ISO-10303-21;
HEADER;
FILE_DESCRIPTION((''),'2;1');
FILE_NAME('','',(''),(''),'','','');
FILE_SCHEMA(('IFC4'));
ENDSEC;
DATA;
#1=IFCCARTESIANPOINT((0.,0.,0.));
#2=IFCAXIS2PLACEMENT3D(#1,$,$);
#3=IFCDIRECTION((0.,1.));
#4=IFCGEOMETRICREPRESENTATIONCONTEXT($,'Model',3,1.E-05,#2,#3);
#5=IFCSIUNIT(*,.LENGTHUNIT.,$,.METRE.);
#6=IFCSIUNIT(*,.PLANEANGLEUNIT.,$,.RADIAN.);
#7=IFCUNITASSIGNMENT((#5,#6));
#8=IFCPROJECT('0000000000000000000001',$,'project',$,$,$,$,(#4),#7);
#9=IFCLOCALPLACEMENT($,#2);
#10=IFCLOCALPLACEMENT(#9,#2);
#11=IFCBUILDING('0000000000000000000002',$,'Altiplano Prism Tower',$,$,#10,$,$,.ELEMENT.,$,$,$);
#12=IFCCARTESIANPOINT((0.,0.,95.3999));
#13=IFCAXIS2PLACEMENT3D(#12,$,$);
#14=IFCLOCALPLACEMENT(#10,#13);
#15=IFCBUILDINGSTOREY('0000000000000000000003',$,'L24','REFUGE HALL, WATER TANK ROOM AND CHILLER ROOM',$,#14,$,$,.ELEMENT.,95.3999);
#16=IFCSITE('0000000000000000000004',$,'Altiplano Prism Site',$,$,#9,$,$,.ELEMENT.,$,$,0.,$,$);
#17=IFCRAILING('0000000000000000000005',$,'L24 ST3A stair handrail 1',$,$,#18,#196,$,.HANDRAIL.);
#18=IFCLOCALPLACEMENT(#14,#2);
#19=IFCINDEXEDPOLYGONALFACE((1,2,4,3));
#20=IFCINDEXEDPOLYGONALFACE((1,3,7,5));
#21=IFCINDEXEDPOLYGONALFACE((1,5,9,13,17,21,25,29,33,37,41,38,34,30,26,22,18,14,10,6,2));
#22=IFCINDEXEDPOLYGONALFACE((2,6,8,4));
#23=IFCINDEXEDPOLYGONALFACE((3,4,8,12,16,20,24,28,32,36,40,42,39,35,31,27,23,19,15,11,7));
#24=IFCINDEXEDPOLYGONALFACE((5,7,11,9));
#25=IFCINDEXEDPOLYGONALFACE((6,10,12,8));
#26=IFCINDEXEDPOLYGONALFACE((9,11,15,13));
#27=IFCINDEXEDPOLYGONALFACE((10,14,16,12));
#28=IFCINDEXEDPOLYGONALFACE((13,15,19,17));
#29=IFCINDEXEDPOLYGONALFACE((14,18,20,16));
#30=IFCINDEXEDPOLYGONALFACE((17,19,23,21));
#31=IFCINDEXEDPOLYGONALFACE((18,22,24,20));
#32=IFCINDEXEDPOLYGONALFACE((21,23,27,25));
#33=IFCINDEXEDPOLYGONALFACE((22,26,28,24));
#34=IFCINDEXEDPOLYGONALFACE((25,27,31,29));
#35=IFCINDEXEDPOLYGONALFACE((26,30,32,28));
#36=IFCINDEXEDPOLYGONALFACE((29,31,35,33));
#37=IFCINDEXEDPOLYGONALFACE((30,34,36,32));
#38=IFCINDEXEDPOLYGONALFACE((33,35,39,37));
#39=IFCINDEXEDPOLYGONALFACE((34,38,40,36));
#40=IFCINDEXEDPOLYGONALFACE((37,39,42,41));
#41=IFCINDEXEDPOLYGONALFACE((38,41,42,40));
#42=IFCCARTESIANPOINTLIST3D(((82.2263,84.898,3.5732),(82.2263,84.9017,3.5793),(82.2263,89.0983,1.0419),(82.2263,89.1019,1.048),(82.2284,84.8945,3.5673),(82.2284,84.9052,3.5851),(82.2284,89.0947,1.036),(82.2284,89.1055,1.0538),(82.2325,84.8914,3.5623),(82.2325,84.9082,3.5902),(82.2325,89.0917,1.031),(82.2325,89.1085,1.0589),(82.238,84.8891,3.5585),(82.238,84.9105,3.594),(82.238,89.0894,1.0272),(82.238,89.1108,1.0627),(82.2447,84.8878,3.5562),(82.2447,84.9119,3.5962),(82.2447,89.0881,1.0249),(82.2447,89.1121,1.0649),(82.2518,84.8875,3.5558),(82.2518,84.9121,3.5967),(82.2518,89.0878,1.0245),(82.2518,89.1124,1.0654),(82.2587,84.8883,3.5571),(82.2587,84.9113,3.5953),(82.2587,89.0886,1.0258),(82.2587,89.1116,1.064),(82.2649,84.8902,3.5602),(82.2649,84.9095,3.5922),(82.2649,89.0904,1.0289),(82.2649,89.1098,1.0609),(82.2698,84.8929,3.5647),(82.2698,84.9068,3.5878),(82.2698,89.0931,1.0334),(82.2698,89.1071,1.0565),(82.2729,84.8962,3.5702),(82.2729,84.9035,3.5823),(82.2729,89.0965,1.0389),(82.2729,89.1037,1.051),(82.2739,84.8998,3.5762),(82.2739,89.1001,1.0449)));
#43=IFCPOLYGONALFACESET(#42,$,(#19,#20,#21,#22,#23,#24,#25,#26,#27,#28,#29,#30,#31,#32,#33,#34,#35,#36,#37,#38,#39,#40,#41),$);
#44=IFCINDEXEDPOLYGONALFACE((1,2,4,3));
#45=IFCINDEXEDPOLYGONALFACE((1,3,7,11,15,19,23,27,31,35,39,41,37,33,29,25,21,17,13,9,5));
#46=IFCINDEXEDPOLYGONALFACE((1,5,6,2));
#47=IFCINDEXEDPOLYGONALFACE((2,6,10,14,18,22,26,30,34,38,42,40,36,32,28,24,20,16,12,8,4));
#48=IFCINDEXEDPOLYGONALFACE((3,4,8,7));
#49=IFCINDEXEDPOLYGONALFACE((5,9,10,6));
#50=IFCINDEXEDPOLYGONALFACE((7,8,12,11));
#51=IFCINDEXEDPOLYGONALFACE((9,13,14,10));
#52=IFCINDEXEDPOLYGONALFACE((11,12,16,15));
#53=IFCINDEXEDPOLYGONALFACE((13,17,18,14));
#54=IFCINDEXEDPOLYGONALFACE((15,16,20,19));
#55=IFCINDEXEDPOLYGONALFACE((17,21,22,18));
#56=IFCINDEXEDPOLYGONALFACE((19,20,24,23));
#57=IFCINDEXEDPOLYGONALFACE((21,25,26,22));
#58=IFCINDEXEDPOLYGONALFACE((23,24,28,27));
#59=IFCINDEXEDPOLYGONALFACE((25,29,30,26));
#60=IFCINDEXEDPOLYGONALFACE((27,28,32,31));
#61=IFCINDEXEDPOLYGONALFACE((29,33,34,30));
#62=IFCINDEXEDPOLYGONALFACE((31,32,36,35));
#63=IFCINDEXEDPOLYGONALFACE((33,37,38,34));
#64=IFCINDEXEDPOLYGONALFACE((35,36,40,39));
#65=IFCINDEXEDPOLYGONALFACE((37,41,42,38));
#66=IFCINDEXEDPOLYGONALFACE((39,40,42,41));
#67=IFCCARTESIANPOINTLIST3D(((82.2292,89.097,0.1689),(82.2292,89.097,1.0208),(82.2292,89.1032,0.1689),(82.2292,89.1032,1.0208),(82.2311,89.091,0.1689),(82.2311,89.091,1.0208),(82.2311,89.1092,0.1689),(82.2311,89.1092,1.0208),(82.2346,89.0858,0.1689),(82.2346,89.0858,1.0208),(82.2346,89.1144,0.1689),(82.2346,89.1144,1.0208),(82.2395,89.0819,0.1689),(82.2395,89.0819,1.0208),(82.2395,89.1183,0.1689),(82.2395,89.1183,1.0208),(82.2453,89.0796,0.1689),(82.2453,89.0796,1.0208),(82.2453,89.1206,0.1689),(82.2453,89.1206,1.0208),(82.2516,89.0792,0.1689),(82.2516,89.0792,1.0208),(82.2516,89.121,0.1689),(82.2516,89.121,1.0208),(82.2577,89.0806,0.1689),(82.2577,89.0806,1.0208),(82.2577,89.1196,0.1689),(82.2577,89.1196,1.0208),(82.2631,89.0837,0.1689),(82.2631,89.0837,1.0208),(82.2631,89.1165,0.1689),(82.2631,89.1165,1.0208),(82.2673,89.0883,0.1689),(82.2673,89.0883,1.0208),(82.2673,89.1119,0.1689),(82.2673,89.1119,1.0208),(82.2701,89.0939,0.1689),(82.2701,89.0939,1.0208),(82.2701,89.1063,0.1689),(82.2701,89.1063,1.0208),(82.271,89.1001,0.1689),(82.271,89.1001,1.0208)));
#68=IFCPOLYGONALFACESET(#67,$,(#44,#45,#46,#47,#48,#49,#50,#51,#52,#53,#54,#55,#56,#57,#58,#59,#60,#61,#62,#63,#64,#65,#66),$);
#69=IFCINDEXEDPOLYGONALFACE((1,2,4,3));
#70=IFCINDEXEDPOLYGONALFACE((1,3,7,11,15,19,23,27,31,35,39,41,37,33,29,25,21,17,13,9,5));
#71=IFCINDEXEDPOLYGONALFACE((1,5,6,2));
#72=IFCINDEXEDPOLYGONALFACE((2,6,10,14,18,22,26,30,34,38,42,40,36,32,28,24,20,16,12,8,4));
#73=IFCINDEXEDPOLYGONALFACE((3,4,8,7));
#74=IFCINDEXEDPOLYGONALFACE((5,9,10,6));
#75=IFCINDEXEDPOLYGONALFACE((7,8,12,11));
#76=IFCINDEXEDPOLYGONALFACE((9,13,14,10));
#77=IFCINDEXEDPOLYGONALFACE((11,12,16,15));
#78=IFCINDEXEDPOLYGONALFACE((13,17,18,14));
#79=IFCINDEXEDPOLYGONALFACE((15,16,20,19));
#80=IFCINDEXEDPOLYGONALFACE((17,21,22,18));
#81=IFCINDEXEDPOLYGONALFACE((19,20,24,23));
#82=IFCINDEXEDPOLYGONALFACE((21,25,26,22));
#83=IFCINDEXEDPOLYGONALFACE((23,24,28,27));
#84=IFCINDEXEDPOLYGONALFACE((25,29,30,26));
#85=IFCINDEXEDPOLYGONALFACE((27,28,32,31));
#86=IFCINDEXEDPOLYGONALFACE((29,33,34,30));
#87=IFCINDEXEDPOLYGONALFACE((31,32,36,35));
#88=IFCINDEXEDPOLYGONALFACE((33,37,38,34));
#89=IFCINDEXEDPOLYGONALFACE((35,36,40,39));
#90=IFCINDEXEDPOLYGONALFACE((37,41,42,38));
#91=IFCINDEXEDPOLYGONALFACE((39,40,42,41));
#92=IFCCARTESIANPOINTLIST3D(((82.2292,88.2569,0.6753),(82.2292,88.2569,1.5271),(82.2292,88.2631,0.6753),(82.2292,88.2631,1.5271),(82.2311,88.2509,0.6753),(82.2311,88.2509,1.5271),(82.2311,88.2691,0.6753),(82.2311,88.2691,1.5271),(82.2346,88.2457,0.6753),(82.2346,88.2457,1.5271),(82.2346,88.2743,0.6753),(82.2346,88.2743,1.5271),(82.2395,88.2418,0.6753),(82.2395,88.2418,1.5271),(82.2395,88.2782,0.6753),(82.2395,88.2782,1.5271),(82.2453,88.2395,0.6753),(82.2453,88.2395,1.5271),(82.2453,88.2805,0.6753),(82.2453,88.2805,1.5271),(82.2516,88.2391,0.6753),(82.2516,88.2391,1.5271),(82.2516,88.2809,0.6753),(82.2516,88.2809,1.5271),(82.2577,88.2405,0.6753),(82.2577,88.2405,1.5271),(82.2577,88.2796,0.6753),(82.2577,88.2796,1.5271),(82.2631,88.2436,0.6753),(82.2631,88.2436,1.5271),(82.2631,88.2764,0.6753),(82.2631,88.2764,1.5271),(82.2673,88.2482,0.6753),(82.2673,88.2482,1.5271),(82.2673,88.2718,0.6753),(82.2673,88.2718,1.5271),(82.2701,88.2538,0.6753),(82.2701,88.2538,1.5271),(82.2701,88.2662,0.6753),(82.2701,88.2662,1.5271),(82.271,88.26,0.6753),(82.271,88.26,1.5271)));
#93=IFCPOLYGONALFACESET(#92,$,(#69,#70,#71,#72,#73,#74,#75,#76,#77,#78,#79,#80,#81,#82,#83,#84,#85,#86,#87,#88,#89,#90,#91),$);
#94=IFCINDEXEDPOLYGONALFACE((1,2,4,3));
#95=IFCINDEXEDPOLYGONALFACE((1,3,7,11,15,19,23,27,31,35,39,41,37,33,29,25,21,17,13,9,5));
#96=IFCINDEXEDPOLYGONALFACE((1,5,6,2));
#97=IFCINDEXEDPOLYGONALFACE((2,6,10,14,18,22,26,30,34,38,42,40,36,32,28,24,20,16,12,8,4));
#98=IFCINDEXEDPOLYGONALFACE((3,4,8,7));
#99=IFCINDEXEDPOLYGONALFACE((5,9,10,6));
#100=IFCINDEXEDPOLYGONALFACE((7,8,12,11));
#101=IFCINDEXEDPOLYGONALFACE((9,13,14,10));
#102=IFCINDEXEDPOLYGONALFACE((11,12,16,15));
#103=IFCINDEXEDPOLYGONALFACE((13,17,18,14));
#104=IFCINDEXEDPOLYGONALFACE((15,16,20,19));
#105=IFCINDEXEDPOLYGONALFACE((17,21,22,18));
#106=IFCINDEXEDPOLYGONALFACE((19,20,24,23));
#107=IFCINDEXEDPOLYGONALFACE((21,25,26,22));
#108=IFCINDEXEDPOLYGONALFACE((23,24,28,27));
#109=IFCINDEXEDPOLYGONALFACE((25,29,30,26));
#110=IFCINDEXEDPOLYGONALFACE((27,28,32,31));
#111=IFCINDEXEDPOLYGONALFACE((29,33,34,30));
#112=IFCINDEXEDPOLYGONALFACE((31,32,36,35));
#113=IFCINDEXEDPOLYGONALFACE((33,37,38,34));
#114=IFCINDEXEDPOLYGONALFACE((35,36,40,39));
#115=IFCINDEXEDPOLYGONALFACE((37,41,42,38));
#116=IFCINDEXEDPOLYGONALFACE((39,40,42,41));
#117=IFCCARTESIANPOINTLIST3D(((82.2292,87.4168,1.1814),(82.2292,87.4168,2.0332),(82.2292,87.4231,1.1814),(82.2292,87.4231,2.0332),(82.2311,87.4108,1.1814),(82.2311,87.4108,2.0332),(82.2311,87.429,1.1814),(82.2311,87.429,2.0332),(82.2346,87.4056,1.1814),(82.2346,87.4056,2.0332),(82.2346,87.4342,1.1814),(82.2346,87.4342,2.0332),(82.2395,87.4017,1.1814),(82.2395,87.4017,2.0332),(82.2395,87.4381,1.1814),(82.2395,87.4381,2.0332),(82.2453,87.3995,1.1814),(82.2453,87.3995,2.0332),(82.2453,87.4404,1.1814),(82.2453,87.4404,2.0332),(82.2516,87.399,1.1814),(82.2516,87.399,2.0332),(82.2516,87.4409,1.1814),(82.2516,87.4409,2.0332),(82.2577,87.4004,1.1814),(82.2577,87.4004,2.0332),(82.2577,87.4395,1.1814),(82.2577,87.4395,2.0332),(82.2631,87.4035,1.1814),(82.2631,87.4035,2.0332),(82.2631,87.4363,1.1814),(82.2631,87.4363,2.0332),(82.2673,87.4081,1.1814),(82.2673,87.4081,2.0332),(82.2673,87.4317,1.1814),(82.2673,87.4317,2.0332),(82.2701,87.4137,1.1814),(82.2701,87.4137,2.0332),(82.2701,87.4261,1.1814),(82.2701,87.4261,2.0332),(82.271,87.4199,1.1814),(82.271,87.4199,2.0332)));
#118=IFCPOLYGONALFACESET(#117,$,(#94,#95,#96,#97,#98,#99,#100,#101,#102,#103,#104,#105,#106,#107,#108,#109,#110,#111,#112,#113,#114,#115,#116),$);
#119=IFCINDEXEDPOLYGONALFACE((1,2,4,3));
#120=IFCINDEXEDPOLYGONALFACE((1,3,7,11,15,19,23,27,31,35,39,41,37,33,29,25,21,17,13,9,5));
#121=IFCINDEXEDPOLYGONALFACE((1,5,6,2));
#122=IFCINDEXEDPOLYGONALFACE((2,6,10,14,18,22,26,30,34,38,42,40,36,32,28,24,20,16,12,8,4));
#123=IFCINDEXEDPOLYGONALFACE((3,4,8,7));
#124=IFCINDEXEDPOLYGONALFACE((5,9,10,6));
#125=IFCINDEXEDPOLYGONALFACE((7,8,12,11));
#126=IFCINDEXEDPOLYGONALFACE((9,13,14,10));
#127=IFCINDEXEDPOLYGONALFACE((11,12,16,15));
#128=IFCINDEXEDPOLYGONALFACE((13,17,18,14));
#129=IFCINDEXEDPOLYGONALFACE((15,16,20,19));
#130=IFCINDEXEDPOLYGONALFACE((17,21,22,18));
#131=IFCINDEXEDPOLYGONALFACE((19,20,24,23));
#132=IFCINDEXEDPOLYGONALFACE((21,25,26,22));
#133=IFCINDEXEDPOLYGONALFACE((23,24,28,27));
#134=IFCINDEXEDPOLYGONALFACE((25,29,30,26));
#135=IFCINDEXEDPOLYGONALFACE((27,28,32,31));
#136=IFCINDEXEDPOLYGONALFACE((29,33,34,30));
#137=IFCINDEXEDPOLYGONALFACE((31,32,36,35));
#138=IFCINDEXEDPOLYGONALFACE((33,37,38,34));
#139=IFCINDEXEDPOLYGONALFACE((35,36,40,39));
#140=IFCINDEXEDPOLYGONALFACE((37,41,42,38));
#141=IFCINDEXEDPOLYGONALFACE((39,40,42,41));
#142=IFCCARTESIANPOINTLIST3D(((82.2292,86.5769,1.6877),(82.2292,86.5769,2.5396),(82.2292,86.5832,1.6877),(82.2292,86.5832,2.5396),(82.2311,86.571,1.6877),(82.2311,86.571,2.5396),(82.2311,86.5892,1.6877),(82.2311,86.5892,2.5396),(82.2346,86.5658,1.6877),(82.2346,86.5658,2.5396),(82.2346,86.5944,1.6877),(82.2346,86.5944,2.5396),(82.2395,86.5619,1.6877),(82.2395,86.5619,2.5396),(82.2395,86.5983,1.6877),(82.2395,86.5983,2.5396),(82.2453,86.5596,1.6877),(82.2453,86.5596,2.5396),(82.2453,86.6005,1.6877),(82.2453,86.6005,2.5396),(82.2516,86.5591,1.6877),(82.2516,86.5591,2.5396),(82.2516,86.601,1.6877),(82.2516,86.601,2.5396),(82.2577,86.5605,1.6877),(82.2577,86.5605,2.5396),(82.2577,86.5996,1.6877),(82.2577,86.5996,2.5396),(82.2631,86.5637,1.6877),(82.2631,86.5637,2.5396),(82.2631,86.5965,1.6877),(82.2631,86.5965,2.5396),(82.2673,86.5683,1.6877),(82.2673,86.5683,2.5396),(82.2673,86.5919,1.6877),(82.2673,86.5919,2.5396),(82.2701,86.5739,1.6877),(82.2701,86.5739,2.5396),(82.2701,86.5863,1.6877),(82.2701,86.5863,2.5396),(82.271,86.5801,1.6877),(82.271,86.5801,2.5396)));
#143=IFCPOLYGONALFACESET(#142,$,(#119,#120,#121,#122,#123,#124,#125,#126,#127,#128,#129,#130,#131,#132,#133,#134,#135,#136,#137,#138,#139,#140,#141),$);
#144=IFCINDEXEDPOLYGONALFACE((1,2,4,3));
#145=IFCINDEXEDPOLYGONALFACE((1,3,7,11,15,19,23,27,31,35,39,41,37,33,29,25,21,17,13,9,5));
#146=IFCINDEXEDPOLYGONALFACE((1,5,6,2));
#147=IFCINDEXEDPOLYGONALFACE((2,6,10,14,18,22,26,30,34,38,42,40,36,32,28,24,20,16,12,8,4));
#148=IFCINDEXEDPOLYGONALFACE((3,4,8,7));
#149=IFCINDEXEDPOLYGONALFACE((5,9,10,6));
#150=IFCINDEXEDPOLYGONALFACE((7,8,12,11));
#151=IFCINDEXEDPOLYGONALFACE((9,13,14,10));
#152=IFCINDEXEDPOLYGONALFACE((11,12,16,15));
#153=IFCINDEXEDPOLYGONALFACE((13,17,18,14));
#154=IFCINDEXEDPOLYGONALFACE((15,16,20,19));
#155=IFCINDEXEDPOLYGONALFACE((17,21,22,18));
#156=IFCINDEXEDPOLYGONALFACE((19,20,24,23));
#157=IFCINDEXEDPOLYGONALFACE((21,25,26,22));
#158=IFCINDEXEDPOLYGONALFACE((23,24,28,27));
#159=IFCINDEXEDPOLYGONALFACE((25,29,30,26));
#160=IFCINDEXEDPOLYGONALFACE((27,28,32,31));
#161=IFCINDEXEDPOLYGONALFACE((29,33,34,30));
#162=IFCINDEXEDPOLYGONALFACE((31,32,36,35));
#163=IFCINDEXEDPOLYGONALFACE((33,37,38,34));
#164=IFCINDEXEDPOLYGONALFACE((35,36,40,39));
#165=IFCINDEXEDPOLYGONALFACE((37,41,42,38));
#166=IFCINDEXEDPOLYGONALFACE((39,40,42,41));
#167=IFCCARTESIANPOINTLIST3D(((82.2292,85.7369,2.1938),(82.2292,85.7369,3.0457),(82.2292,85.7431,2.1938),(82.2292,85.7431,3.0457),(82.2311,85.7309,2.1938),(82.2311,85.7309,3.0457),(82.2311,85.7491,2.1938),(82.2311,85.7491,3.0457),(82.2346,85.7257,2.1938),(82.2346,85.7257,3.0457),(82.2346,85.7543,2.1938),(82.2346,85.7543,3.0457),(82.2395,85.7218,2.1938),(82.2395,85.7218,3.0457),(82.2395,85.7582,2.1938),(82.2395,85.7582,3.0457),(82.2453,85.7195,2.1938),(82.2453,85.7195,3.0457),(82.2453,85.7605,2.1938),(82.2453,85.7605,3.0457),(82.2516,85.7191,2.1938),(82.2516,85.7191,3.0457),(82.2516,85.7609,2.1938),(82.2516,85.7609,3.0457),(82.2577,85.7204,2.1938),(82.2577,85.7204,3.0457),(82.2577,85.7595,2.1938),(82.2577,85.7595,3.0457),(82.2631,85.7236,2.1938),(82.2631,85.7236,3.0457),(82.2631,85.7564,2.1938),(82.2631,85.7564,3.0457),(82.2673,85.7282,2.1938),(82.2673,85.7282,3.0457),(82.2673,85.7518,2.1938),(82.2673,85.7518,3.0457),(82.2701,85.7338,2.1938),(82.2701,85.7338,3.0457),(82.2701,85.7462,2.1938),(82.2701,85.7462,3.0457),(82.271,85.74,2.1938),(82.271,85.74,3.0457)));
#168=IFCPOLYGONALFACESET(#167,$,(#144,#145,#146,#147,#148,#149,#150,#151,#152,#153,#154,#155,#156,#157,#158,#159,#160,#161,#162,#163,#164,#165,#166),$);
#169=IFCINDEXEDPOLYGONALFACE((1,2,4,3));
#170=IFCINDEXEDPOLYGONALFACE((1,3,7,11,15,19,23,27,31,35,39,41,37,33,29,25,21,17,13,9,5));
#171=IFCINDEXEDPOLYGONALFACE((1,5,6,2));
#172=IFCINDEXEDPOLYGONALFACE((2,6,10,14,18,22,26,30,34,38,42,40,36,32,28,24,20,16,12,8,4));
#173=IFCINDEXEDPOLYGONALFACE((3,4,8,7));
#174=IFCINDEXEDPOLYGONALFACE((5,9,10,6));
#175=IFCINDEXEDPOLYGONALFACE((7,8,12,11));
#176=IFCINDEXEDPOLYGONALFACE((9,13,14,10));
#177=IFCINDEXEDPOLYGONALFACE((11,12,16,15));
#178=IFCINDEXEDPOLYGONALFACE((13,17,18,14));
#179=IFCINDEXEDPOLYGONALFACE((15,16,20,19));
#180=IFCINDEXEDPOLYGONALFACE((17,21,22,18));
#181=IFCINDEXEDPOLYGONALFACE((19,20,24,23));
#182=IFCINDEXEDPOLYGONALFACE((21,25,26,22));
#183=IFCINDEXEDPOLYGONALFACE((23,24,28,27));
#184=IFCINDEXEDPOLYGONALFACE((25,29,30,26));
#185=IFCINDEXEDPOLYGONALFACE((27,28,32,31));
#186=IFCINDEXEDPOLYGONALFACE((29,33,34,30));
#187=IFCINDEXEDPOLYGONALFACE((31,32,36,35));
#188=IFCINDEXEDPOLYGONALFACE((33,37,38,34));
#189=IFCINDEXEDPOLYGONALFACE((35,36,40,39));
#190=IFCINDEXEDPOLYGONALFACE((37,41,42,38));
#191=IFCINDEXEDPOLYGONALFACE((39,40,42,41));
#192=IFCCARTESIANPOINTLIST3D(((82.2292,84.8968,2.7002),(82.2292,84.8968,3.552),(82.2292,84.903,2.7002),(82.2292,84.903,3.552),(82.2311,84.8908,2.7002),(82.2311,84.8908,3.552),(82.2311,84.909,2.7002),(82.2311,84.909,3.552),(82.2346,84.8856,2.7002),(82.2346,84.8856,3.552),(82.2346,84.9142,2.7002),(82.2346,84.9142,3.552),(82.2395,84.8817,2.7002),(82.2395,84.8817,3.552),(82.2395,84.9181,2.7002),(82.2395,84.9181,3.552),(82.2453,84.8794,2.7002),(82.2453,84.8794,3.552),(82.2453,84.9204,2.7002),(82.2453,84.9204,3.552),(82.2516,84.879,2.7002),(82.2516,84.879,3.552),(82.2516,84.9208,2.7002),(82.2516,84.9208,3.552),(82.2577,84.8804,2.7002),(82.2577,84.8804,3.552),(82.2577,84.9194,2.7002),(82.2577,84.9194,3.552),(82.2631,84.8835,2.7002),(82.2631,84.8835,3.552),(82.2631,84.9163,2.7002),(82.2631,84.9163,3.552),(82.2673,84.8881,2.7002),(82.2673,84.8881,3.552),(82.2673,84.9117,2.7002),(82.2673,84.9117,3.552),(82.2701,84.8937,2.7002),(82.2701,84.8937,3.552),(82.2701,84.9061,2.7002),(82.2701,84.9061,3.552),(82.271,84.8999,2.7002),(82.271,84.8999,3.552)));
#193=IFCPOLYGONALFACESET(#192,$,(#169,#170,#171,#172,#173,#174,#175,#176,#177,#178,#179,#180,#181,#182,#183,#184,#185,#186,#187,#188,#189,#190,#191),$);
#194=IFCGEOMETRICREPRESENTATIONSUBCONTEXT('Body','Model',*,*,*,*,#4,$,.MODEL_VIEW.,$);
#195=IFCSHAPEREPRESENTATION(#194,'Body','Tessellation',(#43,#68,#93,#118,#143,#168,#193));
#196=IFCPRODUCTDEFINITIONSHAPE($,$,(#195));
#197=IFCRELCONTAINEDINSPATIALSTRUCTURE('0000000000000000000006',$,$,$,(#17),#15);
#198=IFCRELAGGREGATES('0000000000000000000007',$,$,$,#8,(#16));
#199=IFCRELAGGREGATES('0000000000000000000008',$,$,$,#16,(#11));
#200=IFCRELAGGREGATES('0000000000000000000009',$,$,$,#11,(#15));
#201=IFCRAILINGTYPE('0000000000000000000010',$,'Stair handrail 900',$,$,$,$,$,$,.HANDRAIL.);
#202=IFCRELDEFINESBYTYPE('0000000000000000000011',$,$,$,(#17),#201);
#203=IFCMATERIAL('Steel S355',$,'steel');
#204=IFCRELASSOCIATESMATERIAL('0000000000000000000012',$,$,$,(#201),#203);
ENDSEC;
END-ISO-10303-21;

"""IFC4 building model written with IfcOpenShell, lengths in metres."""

from ifc_helpers import new_model, si_unit, direction, frame, origin, origin_2d, place, context, subcontext, project, spatial, circle, extrude, material, type_object, element, save


model = new_model("IFC4")

# Units and contexts
model_context = context("Model", 3, precision=1e-05, world=origin(), true_north=direction((0.0, 1.0)))
body_context = subcontext(model_context, "Body", "Model", "MODEL_VIEW")
ifc_project = project(units=[si_unit("LENGTHUNIT", "METRE"), si_unit("PLANEANGLEUNIT", "RADIAN")], contexts=[model_context])

# Site, building, storey
site_placement = place(None, origin())
site = spatial("IfcSite", under=ifc_project, at=site_placement, Name="Altiplano Prism Site", CompositionType="ELEMENT", RefElevation=0.0)
building_placement = place(site_placement, origin())
building = spatial("IfcBuilding", under=site, at=building_placement, Name="Altiplano Prism Tower", CompositionType="ELEMENT")
storey_placement = place(building_placement, frame((0.0, 0.0, 95.3999)))
storey = spatial("IfcBuildingStorey", under=building, at=storey_placement, Name="L24", Description="REFUGE HALL, WATER TANK ROOM AND CHILLER ROOM", CompositionType="ELEMENT", Elevation=95.3999)

# Shared definitions
ifc_material_1 = material(Name="Steel S355", Category="steel")

# Railing
railing_type_1 = type_object("IfcRailingType", Name="Stair handrail 900", PredefinedType="HANDRAIL", material=ifc_material_1)
railing_1_placement = place(storey_placement, frame((82.25, 89.1001, 0.1689)))
element("IfcRailing", 1, at=railing_1_placement, inside=storey, type_object=railing_type_1, Name="L24 ST3A stair handrail 1", PredefinedType="HANDRAIL", context=body_context, shape_type="SweptSolid", body=[
    extrude(circle(Radius=0.0239, at=origin_2d()), frame((0.0, 0.0, 0.876), z_axis=(0.0, -0.85649, 0.516164), x_axis=(1.0, 0.0, 0.0)), (0.0, 0.0, 1.0), 4.9041),
    extrude(circle(Radius=0.021, at=origin_2d()), origin(), (0.0, 0.0, 1.0), 0.8518),
    extrude(circle(Radius=0.021, at=origin_2d()), frame((0.0, -0.8401, 0.5063)), (0.0, 0.0, 1.0), 0.8518),
    extrude(circle(Radius=0.021, at=origin_2d()), frame((0.0, -1.6802, 1.0125)), (0.0, 0.0, 1.0), 0.8518),
    extrude(circle(Radius=0.021, at=origin_2d()), frame((0.0, -2.52, 1.5188)), (0.0, 0.0, 1.0), 0.8518),
    extrude(circle(Radius=0.021, at=origin_2d()), frame((0.0, -3.3601, 2.0249)), (0.0, 0.0, 1.0), 0.8518),
    extrude(circle(Radius=0.021, at=origin_2d()), frame((0.0, -4.2002, 2.5312)), (0.0, 0.0, 1.0), 0.8518),
])

save(model, "model.ifc")
